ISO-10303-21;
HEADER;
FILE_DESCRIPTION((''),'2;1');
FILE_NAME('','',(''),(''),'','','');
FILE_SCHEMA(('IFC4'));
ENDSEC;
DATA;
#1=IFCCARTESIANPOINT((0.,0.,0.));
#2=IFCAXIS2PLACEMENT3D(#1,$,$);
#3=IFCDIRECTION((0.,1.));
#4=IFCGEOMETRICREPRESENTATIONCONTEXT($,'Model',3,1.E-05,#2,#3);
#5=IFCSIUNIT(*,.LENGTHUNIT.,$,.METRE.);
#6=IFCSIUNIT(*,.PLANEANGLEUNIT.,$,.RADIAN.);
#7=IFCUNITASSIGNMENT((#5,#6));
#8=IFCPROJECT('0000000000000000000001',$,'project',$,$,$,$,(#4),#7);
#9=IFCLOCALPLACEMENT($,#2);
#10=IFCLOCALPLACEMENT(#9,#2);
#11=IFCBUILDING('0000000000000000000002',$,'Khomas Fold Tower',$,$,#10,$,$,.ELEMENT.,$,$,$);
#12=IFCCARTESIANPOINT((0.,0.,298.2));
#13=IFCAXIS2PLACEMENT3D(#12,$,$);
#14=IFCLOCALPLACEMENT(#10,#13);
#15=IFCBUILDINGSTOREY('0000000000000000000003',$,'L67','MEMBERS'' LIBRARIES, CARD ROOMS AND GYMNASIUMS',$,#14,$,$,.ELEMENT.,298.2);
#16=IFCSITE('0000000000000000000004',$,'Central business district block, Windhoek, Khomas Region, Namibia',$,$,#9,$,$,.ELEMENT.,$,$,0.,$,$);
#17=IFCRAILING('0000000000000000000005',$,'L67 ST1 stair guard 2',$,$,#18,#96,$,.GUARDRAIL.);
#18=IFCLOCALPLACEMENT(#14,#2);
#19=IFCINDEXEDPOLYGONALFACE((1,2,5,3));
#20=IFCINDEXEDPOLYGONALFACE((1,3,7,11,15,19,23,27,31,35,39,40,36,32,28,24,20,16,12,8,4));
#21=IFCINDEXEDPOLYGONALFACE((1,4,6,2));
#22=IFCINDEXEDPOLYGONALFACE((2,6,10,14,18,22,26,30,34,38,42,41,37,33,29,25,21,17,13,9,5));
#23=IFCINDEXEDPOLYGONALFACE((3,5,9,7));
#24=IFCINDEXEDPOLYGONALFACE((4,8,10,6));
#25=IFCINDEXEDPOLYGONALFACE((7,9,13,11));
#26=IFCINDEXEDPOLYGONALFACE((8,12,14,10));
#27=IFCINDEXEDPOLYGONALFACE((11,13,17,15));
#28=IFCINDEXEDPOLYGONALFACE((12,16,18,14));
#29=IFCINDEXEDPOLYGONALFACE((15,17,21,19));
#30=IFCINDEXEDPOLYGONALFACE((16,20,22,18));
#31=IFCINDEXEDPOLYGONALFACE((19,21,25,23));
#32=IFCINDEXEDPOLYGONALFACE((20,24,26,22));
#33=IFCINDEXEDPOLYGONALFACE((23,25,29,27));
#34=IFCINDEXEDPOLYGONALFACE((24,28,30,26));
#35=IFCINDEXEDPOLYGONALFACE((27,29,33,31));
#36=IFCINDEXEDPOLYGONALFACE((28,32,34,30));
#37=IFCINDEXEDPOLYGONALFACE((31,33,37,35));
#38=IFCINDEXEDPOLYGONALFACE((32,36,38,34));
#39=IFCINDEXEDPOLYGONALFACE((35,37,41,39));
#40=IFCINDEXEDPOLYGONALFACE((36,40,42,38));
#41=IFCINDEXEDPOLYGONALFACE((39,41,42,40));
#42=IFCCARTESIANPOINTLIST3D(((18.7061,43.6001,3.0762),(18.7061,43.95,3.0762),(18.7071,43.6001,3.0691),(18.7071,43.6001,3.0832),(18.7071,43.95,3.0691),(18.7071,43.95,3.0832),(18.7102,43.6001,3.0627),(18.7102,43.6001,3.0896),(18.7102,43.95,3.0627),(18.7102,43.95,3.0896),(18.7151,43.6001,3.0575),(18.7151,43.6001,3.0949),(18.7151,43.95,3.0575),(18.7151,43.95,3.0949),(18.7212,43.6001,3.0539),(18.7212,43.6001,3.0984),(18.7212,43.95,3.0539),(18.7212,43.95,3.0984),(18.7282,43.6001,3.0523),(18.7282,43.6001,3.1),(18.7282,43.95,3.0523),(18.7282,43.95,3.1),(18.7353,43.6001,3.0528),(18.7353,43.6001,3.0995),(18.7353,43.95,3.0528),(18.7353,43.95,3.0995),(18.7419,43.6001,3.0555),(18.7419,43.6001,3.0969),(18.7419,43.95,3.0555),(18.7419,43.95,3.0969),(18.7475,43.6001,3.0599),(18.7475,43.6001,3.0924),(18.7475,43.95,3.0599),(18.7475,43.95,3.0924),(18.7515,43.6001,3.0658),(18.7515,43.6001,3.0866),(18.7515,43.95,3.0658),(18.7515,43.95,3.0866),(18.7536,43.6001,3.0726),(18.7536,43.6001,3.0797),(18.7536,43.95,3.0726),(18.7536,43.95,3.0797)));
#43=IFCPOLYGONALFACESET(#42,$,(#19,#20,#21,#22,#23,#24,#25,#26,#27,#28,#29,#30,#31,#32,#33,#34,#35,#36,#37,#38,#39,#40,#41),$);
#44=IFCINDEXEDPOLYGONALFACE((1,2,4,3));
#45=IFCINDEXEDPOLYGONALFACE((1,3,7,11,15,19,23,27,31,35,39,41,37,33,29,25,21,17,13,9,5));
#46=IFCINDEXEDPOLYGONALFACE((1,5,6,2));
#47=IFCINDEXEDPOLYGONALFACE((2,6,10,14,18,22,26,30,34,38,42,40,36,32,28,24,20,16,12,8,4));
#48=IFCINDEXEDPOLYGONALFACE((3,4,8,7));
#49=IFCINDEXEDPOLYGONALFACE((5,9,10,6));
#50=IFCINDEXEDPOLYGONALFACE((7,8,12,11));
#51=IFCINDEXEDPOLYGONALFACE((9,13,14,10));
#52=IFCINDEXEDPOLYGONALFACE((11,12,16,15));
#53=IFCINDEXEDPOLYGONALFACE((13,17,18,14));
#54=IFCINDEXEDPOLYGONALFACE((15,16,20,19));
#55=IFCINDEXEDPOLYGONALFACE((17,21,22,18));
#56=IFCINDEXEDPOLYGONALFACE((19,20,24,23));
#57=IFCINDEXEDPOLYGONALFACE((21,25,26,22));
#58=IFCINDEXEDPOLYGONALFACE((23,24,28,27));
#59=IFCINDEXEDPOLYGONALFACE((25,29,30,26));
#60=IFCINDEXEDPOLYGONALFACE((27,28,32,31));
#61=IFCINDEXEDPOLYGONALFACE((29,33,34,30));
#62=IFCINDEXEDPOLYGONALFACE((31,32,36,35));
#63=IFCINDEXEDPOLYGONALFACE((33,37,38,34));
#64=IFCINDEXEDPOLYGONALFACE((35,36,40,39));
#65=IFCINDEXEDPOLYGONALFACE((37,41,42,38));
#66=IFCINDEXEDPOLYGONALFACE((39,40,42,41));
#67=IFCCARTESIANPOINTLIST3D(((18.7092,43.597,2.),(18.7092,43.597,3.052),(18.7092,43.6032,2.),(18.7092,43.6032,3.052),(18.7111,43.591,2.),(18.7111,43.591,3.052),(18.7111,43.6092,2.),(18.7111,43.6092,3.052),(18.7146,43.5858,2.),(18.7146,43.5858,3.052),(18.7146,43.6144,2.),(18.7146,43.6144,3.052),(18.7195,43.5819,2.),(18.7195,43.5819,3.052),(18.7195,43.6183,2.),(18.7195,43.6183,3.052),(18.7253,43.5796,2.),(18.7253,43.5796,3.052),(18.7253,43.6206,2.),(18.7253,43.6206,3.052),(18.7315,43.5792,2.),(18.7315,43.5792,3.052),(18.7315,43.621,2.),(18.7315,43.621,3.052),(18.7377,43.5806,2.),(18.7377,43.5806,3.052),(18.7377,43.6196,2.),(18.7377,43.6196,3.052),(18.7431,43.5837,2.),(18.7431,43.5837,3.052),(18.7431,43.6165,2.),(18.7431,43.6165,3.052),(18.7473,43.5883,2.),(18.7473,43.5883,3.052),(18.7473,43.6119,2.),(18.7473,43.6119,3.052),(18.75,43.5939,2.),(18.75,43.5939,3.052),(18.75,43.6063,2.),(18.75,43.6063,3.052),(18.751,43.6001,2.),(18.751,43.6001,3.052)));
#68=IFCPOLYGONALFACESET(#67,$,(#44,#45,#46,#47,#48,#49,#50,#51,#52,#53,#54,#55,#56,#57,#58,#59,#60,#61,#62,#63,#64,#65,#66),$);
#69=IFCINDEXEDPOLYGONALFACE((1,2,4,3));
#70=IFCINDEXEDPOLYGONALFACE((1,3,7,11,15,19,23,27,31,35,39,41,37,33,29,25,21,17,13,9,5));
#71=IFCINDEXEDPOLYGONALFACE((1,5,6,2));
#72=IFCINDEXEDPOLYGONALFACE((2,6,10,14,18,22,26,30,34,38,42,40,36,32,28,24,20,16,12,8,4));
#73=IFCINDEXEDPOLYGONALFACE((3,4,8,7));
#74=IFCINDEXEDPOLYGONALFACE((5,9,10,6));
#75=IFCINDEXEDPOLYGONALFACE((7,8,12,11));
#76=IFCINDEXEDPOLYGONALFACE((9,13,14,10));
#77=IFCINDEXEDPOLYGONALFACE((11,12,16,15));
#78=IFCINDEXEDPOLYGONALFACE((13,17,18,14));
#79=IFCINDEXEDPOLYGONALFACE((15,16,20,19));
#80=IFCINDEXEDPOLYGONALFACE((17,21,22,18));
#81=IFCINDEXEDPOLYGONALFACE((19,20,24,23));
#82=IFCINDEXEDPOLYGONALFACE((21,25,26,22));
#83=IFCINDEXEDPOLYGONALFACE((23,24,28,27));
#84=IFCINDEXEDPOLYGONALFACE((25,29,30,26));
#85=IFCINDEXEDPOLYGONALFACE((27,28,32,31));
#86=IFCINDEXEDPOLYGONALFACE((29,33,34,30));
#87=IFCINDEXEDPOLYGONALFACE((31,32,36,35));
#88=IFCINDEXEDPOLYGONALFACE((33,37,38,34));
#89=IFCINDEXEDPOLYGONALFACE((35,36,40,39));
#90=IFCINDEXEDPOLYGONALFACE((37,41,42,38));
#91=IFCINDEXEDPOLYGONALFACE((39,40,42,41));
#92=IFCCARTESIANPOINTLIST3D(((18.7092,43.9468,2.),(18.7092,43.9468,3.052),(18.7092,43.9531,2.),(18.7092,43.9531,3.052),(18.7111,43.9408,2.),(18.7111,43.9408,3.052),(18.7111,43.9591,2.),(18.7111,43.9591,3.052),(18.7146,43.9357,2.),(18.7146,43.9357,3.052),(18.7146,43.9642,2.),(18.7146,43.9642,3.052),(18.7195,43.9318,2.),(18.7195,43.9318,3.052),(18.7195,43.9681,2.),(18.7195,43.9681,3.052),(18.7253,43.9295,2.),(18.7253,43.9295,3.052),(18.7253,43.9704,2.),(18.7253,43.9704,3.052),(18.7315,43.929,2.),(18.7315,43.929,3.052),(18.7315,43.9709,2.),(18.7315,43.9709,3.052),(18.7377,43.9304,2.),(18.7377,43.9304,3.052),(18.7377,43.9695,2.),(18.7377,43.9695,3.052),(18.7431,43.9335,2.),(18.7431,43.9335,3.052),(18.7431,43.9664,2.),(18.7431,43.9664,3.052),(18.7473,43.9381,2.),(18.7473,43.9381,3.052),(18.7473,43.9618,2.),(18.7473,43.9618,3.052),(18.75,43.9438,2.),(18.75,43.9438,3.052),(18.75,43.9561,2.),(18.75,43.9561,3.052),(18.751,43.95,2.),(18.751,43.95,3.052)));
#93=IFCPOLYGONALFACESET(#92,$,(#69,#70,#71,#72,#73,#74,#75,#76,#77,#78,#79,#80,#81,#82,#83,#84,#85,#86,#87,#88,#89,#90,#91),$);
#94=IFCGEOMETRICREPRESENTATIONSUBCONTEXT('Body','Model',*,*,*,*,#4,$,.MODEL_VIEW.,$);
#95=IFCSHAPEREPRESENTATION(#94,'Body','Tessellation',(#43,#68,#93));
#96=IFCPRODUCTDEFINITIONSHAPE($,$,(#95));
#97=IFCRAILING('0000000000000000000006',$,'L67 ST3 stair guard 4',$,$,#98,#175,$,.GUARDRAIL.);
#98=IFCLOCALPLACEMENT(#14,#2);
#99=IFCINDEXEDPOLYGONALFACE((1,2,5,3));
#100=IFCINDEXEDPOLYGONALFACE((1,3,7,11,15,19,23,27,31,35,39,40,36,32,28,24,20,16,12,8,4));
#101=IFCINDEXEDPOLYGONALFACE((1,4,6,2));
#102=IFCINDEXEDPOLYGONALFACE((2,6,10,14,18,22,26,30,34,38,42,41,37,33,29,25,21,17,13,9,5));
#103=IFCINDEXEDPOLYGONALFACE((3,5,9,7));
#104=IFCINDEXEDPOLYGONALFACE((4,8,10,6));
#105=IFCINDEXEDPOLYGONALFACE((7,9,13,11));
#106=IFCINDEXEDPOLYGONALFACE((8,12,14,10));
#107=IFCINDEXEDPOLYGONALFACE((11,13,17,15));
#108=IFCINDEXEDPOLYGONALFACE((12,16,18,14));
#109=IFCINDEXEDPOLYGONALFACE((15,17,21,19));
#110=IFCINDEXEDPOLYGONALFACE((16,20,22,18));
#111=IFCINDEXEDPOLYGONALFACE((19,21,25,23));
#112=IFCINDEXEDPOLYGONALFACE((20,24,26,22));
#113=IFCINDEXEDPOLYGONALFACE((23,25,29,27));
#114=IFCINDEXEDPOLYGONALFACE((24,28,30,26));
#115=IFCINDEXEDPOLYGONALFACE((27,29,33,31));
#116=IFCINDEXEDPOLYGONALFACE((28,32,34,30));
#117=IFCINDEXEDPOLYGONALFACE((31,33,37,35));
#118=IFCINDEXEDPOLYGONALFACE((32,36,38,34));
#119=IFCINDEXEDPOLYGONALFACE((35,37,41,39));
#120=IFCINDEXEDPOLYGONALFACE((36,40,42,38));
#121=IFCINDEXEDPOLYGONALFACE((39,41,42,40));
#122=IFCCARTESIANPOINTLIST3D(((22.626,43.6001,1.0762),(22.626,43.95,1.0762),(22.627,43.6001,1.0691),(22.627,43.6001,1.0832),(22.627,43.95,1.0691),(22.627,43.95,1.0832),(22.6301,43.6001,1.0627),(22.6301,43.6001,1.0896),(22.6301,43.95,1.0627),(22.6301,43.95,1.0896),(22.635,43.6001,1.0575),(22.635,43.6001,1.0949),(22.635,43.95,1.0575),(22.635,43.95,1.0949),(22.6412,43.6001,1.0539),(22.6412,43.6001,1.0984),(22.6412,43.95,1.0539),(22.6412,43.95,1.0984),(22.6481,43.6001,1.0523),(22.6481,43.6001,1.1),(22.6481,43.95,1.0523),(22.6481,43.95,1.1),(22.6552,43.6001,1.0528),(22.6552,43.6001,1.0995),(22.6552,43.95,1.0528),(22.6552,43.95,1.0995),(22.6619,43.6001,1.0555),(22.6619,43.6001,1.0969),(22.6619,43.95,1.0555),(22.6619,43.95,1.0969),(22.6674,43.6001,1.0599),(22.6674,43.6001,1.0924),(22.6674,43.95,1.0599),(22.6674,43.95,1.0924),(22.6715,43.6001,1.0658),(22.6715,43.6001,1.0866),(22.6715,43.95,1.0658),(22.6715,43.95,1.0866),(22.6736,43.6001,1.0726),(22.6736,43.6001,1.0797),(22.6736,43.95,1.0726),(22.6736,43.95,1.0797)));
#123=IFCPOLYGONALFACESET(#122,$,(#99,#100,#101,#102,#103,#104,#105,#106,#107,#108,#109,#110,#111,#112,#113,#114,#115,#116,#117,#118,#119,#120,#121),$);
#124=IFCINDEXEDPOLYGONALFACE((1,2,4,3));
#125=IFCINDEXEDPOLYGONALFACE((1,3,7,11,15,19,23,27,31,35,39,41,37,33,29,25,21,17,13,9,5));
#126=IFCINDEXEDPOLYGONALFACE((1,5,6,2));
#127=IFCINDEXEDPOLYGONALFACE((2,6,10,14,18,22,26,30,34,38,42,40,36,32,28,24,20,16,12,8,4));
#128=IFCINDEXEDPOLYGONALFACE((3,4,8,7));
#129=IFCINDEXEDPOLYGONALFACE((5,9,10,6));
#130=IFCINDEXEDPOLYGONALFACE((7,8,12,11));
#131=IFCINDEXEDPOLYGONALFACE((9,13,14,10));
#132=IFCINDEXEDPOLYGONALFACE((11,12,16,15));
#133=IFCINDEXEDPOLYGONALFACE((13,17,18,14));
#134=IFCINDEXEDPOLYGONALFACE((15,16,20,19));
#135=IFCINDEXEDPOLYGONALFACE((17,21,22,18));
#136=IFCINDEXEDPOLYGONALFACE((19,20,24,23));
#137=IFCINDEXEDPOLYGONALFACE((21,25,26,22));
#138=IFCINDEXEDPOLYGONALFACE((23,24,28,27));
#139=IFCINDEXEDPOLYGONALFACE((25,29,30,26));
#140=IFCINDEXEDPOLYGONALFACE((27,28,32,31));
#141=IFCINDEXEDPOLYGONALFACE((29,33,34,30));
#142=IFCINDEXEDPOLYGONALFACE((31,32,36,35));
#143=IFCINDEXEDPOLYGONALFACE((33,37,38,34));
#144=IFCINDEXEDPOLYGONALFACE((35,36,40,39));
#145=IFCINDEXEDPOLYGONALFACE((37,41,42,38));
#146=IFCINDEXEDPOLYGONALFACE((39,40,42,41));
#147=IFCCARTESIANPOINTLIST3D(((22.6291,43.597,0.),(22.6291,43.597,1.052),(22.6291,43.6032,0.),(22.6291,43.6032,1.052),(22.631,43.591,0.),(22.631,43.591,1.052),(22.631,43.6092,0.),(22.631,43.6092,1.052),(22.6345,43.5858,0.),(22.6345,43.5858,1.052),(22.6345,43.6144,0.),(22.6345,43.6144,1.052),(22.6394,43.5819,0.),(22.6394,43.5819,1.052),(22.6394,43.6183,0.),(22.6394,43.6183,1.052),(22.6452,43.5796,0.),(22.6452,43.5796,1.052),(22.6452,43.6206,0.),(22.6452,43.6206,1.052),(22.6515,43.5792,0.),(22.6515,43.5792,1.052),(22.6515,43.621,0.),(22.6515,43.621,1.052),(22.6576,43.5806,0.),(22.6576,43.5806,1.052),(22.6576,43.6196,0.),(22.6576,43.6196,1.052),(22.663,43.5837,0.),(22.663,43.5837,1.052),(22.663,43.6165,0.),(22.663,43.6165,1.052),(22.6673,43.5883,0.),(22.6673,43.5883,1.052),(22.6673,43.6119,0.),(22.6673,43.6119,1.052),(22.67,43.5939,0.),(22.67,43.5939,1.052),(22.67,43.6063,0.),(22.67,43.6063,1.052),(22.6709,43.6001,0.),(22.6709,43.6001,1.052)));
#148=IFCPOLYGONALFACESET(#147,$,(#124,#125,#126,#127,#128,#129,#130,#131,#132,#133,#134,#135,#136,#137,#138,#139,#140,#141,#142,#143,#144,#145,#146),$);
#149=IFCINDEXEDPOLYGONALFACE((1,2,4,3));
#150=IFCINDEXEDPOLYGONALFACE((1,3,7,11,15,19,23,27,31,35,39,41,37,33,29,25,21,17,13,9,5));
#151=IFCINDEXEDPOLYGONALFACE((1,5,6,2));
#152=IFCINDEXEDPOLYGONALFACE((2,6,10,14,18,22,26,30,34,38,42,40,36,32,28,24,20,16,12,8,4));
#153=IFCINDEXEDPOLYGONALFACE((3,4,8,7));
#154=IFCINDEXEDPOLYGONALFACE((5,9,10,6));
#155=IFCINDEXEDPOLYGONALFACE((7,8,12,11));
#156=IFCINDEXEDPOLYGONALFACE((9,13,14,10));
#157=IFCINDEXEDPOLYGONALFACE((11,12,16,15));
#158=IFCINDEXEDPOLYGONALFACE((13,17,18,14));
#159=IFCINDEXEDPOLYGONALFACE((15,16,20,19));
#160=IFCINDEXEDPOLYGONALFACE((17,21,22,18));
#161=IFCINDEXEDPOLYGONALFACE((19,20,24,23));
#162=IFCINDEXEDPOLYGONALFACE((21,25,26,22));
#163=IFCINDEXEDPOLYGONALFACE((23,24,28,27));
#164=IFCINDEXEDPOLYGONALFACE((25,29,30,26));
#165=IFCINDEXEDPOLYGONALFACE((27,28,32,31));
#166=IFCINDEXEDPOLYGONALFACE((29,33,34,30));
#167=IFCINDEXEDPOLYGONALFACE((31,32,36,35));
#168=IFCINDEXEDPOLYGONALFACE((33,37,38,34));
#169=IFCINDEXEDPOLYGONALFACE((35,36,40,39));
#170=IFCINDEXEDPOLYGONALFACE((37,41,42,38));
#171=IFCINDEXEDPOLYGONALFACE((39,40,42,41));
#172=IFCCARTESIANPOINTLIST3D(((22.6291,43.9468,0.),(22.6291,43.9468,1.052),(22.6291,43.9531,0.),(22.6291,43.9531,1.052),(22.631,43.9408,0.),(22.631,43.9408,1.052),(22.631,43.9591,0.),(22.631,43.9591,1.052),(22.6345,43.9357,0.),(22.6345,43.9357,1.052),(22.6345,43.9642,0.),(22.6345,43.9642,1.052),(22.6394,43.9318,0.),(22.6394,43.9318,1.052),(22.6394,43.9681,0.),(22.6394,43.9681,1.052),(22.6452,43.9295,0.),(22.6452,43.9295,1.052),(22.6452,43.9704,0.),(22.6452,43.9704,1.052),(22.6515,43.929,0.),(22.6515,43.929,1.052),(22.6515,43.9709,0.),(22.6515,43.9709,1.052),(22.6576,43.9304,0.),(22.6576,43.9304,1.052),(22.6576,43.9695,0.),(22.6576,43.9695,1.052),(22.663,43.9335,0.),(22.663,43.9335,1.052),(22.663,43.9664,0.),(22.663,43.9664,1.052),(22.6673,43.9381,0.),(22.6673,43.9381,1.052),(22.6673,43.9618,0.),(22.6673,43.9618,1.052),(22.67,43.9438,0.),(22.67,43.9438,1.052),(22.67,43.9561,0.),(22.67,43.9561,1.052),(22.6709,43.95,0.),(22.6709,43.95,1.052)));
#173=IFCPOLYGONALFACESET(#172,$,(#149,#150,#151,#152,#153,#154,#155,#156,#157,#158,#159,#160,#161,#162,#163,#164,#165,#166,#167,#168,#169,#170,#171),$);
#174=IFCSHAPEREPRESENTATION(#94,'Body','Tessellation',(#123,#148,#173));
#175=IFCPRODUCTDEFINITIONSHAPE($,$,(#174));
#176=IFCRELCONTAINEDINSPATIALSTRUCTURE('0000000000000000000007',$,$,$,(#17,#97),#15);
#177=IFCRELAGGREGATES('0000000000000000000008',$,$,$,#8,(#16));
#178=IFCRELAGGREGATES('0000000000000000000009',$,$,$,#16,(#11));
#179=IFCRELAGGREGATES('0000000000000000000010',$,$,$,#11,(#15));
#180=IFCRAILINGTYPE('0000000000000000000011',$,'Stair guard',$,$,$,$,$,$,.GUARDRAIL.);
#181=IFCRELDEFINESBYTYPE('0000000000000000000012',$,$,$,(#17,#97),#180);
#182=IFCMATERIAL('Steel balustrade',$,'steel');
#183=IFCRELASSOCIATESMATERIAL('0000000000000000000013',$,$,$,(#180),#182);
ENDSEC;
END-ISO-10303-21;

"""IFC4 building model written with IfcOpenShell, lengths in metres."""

from ifc_helpers import new_model, si_unit, direction, frame, origin, origin_2d, place, context, subcontext, project, spatial, circle, extrude, source, transform, mapped, material, type_object, element, save


model = new_model("IFC4")

# Units and contexts
model_context = context("Model", 3, precision=1e-05, world=origin(), true_north=direction((0.0, 1.0)))
body_context = subcontext(model_context, "Body", "Model", "MODEL_VIEW")
ifc_project = project(units=[si_unit("LENGTHUNIT", "METRE"), si_unit("PLANEANGLEUNIT", "RADIAN")], contexts=[model_context])

# Site, building, storey
site_placement = place(None, origin())
site = spatial("IfcSite", under=ifc_project, at=site_placement, Name="Central business district block, Windhoek, Khomas Region, Namibia", CompositionType="ELEMENT", RefElevation=0.0)
building_placement = place(site_placement, origin())
building = spatial("IfcBuilding", under=site, at=building_placement, Name="Khomas Fold Tower", CompositionType="ELEMENT")
storey_placement = place(building_placement, frame((0.0, 0.0, 298.2)))
storey = spatial("IfcBuildingStorey", under=building, at=storey_placement, Name="L67", Description="MEMBERS' LIBRARIES, CARD ROOMS AND GYMNASIUMS", CompositionType="ELEMENT", Elevation=298.2)

# Railings
ifc_material_1 = material(Name="Steel balustrade", Category="steel")
railing_type_1 = type_object("IfcRailingType", Name="Stair guard", PredefinedType="GUARDRAIL", material=ifc_material_1)
shared_shape_1 = source(origin(), body_context, "Body", "SweptSolid", [
    extrude(circle(Radius=0.0239, at=origin_2d()), frame((0.0, 0.0, 1.0762), z_axis=(0.0, 1.0, 0.0), x_axis=(-1.0, 0.0, 0.0)), (0.0, 0.0, 1.0), 0.3499),
    extrude(circle(Radius=0.021, at=origin_2d()), origin(), (0.0, 0.0, 1.0), 1.052),
    extrude(circle(Radius=0.021, at=origin_2d()), frame((0.0, 0.3499, 0.0)), (0.0, 0.0, 1.0), 1.052),
])
for number, where, name in (
    (1, (18.73, 43.6001, 2.0), "L67 ST1 stair guard 2"),
    (2, (22.6499, 43.6001, 0.0), "L67 ST3 stair guard 4"),
):
    element("IfcRailing", number, at=place(storey_placement, frame(where)), inside=storey, type_object=railing_type_1, Name=name, PredefinedType="GUARDRAIL", context=body_context, shape_type="MappedRepresentation", body=[
        mapped(shared_shape_1, transform((0.0, 0.0, 0.0))),
    ])

save(model, "model.ifc")
